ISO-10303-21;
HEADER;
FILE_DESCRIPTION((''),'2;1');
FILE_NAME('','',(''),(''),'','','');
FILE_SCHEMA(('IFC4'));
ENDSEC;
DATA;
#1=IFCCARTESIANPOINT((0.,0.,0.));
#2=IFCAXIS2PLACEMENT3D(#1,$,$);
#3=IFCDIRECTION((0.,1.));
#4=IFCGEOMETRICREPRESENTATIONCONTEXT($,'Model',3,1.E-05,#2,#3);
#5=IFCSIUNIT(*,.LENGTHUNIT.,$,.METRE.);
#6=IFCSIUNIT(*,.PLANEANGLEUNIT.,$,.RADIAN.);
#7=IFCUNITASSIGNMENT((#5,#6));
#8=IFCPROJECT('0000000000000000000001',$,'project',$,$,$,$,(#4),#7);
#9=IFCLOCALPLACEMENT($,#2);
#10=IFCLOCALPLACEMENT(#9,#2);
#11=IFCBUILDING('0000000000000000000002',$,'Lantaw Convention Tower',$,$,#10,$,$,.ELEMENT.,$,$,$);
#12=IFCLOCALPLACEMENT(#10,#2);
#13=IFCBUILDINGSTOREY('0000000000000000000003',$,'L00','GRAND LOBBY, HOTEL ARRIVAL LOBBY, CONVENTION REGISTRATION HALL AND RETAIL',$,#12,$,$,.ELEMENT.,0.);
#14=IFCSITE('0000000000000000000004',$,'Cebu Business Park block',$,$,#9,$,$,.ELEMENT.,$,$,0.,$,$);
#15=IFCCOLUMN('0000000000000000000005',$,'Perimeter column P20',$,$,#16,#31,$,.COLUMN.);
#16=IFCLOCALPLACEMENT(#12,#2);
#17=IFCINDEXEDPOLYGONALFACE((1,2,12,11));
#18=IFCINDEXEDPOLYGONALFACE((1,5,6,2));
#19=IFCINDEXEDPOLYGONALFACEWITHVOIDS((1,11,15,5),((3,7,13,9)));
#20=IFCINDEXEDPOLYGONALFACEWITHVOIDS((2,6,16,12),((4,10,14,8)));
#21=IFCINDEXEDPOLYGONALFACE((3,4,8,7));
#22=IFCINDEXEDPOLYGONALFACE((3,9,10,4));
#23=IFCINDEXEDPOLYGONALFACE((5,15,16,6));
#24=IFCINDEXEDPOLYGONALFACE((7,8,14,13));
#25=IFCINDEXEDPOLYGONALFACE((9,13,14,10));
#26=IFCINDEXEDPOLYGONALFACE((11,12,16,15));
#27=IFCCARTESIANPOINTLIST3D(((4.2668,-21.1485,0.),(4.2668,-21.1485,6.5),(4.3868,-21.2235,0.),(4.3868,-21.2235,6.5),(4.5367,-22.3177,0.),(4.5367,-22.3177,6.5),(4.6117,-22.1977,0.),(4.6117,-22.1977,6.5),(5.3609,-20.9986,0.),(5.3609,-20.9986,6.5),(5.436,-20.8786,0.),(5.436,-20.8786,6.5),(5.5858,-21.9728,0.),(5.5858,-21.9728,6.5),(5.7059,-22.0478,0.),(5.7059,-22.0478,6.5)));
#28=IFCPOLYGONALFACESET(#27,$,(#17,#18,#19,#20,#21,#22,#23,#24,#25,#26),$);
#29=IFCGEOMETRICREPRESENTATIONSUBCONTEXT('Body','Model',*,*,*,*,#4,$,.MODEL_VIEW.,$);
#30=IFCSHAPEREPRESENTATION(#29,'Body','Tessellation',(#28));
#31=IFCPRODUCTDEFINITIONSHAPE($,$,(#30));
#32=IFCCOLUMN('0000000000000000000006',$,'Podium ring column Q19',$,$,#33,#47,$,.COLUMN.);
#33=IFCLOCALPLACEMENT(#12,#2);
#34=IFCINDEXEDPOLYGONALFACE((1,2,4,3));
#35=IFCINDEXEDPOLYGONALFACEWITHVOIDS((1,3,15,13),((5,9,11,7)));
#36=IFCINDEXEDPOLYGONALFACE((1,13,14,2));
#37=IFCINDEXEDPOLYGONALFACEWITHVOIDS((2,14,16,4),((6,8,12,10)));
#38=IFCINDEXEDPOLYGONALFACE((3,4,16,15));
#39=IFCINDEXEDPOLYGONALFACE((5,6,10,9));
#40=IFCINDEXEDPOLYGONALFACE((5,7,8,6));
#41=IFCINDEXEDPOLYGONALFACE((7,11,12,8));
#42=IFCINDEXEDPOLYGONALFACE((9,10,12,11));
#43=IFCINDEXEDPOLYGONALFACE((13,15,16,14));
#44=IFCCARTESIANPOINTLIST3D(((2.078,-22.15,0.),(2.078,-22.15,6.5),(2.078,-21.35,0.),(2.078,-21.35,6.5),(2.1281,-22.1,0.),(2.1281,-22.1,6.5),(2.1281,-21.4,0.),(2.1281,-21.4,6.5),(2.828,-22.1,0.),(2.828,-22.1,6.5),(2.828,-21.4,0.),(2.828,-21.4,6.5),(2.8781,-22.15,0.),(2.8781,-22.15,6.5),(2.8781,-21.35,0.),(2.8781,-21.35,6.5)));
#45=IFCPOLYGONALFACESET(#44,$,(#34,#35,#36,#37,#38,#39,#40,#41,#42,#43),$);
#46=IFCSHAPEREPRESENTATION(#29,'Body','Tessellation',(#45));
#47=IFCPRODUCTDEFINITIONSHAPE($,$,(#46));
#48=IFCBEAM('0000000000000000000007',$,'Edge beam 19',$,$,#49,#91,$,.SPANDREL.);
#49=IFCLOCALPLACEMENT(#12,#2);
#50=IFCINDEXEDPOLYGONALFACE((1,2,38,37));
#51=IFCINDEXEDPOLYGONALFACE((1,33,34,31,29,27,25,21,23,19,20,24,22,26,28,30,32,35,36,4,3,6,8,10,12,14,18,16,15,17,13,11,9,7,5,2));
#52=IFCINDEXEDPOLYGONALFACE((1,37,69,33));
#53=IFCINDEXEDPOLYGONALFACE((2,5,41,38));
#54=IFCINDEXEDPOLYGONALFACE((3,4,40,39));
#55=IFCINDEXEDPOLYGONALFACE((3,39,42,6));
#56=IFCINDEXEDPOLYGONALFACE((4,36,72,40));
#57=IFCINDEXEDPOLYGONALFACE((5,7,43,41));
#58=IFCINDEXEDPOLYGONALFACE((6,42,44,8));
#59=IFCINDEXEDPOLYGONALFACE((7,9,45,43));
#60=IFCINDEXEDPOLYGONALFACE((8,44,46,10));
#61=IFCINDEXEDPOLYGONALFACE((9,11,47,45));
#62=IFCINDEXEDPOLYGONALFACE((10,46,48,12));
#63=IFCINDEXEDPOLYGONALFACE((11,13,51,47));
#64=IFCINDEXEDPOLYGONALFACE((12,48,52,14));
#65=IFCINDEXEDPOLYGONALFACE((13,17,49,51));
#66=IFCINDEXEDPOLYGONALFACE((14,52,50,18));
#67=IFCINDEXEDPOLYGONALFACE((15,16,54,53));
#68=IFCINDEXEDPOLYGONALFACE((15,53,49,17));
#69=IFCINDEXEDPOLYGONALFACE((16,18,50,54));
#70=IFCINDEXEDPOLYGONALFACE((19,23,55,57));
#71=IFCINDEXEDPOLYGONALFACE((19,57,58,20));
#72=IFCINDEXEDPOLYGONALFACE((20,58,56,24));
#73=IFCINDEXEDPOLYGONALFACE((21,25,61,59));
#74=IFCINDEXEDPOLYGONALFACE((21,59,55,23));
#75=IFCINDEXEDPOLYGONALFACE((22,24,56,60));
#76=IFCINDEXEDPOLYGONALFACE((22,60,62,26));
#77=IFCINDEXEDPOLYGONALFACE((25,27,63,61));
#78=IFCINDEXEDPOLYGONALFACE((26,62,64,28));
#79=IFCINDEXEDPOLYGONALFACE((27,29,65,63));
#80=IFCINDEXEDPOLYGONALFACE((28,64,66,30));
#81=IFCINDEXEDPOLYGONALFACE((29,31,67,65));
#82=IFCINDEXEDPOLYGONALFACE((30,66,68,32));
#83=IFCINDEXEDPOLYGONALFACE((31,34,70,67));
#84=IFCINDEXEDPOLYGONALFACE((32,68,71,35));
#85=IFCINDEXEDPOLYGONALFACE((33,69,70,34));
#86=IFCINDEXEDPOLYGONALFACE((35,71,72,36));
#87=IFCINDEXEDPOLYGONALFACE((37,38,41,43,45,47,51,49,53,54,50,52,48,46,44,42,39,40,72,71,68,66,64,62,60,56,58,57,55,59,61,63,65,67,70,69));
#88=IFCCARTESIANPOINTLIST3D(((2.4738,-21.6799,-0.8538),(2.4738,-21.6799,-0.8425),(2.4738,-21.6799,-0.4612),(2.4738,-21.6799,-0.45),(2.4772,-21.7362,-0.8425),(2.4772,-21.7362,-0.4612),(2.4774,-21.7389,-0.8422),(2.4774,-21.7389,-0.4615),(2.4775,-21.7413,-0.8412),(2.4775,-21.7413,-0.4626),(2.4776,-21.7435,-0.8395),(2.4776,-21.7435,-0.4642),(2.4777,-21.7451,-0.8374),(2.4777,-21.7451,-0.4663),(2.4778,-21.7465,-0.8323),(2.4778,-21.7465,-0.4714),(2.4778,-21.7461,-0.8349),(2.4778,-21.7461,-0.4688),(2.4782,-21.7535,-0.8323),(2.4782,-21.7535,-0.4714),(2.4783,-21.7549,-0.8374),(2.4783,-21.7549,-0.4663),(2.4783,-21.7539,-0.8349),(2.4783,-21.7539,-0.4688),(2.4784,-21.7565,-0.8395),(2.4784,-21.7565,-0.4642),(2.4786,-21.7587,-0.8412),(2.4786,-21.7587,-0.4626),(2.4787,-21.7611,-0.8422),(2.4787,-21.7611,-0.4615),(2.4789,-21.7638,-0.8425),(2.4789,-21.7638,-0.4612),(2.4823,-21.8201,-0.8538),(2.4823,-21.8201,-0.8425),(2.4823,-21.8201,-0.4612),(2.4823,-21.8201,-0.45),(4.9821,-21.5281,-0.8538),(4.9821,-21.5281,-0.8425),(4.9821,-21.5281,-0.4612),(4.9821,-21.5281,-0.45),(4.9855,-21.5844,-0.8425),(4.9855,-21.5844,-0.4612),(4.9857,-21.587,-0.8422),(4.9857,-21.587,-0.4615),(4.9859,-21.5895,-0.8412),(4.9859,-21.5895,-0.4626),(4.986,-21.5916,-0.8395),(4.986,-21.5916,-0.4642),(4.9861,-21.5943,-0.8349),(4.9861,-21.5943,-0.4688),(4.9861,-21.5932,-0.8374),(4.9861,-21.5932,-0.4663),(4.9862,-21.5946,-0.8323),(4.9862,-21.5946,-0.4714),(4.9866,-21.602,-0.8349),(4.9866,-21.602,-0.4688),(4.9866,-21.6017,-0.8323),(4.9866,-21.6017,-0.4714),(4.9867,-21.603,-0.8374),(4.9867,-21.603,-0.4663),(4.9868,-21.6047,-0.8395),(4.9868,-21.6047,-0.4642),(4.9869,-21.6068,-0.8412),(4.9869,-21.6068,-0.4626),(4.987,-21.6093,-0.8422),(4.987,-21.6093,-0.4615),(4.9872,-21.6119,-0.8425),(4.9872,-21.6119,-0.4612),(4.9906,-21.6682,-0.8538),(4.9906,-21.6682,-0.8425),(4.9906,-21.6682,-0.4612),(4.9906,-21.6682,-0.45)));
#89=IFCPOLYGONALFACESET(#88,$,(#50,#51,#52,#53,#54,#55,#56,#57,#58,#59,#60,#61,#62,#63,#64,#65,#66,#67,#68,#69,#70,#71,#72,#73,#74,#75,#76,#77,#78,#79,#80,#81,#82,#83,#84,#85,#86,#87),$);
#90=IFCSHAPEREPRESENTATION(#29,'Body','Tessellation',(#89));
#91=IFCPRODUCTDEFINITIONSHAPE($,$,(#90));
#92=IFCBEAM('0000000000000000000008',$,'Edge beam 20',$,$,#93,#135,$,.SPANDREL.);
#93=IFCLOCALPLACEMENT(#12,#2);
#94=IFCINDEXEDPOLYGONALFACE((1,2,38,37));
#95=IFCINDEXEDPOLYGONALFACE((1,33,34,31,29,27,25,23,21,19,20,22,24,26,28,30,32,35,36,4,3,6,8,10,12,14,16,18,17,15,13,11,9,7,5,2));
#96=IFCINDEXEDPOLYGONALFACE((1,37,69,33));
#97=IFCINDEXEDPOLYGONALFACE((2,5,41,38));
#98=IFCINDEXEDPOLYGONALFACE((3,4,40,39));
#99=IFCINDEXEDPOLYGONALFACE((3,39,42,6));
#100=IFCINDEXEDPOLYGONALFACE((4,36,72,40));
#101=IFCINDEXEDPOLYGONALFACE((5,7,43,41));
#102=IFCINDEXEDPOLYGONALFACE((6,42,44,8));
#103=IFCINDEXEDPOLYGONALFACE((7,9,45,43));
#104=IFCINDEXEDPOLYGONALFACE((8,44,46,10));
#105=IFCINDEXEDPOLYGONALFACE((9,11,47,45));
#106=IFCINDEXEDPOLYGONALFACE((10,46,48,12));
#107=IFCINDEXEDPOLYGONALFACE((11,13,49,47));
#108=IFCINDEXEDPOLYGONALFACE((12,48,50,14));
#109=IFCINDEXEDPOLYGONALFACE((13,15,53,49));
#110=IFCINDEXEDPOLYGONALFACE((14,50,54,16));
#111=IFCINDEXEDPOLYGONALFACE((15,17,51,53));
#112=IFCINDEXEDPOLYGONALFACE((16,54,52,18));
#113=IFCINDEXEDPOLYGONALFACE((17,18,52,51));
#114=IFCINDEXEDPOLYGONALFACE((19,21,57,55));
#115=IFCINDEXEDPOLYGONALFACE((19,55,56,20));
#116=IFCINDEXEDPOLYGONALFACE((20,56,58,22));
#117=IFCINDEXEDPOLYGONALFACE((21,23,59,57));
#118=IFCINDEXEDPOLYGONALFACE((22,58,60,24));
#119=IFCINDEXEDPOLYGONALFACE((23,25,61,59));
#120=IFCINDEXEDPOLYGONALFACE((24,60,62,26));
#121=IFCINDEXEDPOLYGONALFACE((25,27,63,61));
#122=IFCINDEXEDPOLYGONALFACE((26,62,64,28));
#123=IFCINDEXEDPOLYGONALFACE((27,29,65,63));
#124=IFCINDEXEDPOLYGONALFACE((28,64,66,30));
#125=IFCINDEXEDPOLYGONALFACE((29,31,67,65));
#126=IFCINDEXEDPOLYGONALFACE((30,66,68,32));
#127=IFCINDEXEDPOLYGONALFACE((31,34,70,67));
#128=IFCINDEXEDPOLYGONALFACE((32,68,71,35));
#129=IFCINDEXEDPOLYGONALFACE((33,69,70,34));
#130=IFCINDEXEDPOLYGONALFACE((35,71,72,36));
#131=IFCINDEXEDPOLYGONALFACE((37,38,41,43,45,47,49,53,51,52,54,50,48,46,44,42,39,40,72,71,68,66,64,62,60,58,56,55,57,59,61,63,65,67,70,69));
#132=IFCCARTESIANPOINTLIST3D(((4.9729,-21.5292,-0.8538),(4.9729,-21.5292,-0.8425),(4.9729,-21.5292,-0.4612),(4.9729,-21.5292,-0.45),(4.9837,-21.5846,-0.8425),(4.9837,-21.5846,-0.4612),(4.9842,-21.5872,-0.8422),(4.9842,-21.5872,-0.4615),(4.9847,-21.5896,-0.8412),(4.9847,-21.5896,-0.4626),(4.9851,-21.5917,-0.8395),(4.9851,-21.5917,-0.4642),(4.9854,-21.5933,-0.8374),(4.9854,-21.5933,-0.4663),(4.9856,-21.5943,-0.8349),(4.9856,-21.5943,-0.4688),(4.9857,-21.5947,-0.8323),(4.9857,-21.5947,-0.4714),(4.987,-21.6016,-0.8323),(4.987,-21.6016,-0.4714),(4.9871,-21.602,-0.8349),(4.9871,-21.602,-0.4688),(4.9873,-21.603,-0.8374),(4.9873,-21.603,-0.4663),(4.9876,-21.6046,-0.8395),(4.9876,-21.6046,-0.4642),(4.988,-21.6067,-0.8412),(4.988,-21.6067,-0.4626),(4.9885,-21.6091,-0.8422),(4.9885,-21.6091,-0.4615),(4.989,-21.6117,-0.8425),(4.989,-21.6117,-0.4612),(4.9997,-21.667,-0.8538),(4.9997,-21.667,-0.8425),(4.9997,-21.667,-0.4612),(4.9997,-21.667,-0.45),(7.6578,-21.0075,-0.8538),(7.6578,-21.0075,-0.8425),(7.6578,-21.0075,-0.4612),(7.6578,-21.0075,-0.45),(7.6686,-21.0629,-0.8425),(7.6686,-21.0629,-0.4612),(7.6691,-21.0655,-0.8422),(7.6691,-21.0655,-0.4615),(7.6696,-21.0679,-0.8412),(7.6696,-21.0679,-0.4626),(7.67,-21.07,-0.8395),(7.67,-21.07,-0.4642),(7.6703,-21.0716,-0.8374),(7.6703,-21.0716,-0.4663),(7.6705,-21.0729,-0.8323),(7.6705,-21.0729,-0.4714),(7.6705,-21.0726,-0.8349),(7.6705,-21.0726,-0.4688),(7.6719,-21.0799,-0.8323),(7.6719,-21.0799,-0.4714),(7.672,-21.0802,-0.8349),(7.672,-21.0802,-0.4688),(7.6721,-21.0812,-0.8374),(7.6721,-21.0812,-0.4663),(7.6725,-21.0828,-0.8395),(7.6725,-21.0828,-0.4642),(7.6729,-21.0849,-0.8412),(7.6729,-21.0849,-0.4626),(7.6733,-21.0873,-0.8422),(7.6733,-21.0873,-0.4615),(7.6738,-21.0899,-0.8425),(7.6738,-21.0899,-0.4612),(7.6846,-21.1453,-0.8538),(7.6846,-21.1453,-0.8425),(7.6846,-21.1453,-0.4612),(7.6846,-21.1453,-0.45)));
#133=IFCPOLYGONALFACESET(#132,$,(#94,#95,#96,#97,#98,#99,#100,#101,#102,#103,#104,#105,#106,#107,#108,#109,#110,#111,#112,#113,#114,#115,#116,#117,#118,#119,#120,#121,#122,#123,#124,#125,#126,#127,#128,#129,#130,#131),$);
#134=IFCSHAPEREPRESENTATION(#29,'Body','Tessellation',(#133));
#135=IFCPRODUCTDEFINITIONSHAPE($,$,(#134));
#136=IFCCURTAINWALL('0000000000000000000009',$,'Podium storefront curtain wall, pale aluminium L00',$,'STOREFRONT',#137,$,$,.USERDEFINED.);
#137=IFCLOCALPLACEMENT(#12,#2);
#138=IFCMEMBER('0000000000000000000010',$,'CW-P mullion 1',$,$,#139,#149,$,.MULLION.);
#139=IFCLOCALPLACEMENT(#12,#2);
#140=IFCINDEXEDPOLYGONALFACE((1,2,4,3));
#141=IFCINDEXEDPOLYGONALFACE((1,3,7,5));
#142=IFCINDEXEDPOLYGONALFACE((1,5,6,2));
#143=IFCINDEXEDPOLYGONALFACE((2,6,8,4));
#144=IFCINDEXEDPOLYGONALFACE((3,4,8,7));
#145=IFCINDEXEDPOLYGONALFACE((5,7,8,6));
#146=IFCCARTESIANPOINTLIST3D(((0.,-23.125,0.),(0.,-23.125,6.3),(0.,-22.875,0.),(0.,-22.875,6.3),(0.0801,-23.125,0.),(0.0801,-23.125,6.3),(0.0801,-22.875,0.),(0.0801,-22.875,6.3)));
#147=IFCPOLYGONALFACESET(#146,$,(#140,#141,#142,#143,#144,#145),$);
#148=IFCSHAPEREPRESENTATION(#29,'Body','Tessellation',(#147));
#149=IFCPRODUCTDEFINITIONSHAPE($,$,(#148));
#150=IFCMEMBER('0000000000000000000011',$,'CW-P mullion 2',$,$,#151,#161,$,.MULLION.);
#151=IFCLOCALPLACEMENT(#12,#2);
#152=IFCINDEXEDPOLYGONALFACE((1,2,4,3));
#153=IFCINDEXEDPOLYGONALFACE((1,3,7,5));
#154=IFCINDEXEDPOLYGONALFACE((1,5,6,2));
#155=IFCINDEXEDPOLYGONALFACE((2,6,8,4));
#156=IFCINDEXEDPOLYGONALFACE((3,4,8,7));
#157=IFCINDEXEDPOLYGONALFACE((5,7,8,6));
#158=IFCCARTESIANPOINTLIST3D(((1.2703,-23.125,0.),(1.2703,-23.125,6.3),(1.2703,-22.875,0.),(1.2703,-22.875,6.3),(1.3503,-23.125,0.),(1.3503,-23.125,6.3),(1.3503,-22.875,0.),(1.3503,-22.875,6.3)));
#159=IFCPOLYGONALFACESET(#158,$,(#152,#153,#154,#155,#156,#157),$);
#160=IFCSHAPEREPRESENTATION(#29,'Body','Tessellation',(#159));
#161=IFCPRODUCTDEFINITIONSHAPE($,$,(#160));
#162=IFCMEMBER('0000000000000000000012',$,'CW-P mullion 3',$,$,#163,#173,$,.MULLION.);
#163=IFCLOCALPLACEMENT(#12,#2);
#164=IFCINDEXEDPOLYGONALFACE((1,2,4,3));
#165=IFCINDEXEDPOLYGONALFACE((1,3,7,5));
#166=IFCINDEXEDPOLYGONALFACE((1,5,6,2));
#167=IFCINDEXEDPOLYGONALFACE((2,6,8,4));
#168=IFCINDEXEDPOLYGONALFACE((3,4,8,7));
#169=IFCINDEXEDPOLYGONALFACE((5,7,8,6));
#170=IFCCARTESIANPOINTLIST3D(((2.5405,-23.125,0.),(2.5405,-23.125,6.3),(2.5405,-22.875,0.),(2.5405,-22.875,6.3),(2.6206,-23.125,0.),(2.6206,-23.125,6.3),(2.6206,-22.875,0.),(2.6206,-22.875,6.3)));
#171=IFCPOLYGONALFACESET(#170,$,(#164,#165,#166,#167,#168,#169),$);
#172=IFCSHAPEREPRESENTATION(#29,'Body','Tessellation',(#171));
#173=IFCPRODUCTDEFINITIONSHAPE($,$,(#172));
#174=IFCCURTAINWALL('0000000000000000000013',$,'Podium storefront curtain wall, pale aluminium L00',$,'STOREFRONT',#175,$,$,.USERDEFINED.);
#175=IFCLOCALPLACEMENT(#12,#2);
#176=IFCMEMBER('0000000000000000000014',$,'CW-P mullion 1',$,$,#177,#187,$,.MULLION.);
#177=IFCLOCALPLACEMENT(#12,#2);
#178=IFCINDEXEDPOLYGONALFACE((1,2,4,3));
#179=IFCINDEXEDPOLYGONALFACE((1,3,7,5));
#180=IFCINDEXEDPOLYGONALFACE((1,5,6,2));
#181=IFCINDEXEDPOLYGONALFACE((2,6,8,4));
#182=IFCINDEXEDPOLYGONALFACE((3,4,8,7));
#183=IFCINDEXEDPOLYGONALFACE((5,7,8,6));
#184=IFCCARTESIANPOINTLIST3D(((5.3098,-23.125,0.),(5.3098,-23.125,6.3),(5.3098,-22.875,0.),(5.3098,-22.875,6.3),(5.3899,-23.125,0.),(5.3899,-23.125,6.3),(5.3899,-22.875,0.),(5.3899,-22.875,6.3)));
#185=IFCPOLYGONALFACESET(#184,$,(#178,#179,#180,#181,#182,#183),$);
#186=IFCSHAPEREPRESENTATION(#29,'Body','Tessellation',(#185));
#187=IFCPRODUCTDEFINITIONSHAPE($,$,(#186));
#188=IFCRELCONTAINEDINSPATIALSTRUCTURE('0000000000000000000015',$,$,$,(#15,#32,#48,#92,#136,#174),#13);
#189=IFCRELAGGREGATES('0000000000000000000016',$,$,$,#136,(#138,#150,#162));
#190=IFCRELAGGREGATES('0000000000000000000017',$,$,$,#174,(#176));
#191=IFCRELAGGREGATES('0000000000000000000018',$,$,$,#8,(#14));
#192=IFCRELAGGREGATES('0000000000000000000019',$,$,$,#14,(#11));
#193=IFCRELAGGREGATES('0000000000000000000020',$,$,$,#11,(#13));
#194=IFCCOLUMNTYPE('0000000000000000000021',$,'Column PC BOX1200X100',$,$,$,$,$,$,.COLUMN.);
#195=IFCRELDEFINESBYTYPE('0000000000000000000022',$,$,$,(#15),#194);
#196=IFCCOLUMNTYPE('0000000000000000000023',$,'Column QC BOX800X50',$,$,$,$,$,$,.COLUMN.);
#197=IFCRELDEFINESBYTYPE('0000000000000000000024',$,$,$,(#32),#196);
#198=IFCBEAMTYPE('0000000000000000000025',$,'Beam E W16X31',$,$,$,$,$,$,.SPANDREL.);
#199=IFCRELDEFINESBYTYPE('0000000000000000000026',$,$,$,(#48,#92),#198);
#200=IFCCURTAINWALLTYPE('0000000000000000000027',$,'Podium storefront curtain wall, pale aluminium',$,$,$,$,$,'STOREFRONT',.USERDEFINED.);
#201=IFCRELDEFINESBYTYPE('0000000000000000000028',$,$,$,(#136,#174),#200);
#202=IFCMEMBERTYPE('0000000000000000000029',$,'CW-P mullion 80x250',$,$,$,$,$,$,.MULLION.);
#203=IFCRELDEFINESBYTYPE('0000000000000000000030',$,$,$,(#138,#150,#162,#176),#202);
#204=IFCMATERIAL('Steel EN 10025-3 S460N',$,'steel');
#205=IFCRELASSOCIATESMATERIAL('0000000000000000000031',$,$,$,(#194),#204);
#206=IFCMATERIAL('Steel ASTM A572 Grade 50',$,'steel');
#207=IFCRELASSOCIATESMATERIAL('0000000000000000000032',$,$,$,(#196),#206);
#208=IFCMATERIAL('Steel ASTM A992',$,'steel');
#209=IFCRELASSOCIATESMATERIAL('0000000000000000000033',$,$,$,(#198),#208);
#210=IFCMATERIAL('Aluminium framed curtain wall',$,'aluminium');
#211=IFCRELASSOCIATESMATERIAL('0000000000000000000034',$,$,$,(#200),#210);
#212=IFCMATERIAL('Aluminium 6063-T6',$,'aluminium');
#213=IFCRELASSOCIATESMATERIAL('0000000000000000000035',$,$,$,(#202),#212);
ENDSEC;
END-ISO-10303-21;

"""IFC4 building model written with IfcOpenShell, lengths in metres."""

from ifc_helpers import new_model, si_unit, direction, frame, origin, origin_2d, place, context, subcontext, project, spatial, rectangle, hollow_rectangle, i_section, extrude, material, material_profile, profile_set, type_object, element, aggregate, save


model = new_model("IFC4")

# Units and contexts
model_context = context("Model", 3, precision=1e-05, world=origin(), true_north=direction((0.0, 1.0)))
body_context = subcontext(model_context, "Body", "Model", "MODEL_VIEW")
ifc_project = project(units=[si_unit("LENGTHUNIT", "METRE"), si_unit("PLANEANGLEUNIT", "RADIAN")], contexts=[model_context])

# Site, building, storey
site_placement = place(None, origin())
site = spatial("IfcSite", under=ifc_project, at=site_placement, Name="Cebu Business Park block", CompositionType="ELEMENT", RefElevation=0.0)
building_placement = place(site_placement, origin())
building = spatial("IfcBuilding", under=site, at=building_placement, Name="Lantaw Convention Tower", CompositionType="ELEMENT")
storey_placement = place(building_placement, origin())
storey = spatial("IfcBuildingStorey", under=building, at=storey_placement, Name="L00", Description="GRAND LOBBY, HOTEL ARRIVAL LOBBY, CONVENTION REGISTRATION HALL AND RETAIL", CompositionType="ELEMENT", Elevation=0.0)

# Columns
ifc_material_1 = material(Name="Steel EN 10025-3 S460N", Category="steel")
ifc_material_profile_1 = material_profile(ifc_material_1, hollow_rectangle(XDim=1.2, YDim=1.2, WallThickness=0.1001, at=origin_2d()), Name="BOX1200X100")
ifc_material_2 = material(Name="Concrete C60/75", Category="concrete")
ifc_material_profile_2 = material_profile(ifc_material_2, rectangle(XDim=1.0, YDim=1.0, at=origin_2d()), Name="Concrete fill of BOX1200X100")
ifc_profile_set_1 = profile_set([ifc_material_profile_1, ifc_material_profile_2], Name="Steel EN 10025-3 S460N")
column_type_1 = type_object("IfcColumnType", Name="Column PC BOX1200X100", PredefinedType="COLUMN", material=ifc_profile_set_1)
column_1_placement = place(storey_placement, frame((4.9863, -21.5981, 0.0), z_axis=(0.0, 0.0, 1.0), x_axis=(0.97437, 0.224951, 0.0)))
element("IfcColumn", 1, at=column_1_placement, inside=storey, type_object=column_type_1, Name="Perimeter column P20", PredefinedType="COLUMN", context=body_context, shape_type="SweptSolid", body=[
    extrude(hollow_rectangle(XDim=1.2, YDim=1.2, WallThickness=0.1001, at=origin_2d()), origin(), (0.0, 0.0, 1.0), 6.5),
])
ifc_material_3 = material(Name="Steel ASTM A572 Grade 50", Category="steel")
ifc_material_profile_3 = material_profile(ifc_material_3, hollow_rectangle(XDim=0.8, YDim=0.8, WallThickness=0.05, at=origin_2d()), Name="BOX800X50")
ifc_profile_set_2 = profile_set([ifc_material_profile_3], Name="Steel ASTM A572 Grade 50")
column_type_2 = type_object("IfcColumnType", Name="Column QC BOX800X50", PredefinedType="COLUMN", material=ifc_profile_set_2)
column_2_placement = place(storey_placement, frame((2.478, -21.75, 0.0), z_axis=(0.0, 0.0, 1.0), x_axis=(1.0, 0.0, 0.0)))
element("IfcColumn", 2, at=column_2_placement, inside=storey, type_object=column_type_2, Name="Podium ring column Q19", PredefinedType="COLUMN", context=body_context, shape_type="SweptSolid", body=[
    extrude(hollow_rectangle(XDim=0.8, YDim=0.8, WallThickness=0.05, at=origin_2d()), origin(), (0.0, 0.0, 1.0), 6.5),
])

# Beams
ifc_material_4 = material(Name="Steel ASTM A992", Category="steel")
ifc_material_profile_4 = material_profile(ifc_material_4, i_section(OverallWidth=0.1404, OverallDepth=0.4038, WebThickness=0.0071, FlangeThickness=0.0112, FilletRadius=0.0103, at=origin_2d()), Name="W16X31")
ifc_profile_set_3 = profile_set([ifc_material_profile_4], Name="Steel ASTM A992")
beam_type = type_object("IfcBeamType", Name="Beam E W16X31", PredefinedType="SPANDREL", material=ifc_profile_set_3)
beam_1_placement = place(storey_placement, frame((2.478, -21.75, -0.6519), z_axis=(0.998172, 0.060431, 0.0), x_axis=(-0.060431, 0.998172, 0.0)))
element("IfcBeam", 3, at=beam_1_placement, inside=storey, type_object=beam_type, Name="Edge beam 19", PredefinedType="SPANDREL", context=body_context, shape_type="SweptSolid", body=[
    extrude(i_section(OverallWidth=0.1404, OverallDepth=0.4038, WebThickness=0.0071, FlangeThickness=0.0112, FilletRadius=0.0103, at=origin_2d()), origin(), (0.0, 0.0, 1.0), 2.5129),
])
beam_2_placement = place(storey_placement, frame((4.9863, -21.5981, -0.6519), z_axis=(0.981637, 0.190757, 0.0), x_axis=(-0.190757, 0.981637, 0.0)))
element("IfcBeam", 4, at=beam_2_placement, inside=storey, type_object=beam_type, Name="Edge beam 20", PredefinedType="SPANDREL", context=body_context, shape_type="SweptSolid", body=[
    extrude(i_section(OverallWidth=0.1404, OverallDepth=0.4038, WebThickness=0.0071, FlangeThickness=0.0112, FilletRadius=0.0103, at=origin_2d()), origin(), (0.0, 0.0, 1.0), 2.7351),
])

# Curtain walls, members
ifc_material_5 = material(Name="Aluminium framed curtain wall", Category="aluminium")
curtain_wall_type = type_object("IfcCurtainWallType", Name="Podium storefront curtain wall, pale aluminium", ElementType="STOREFRONT", PredefinedType="USERDEFINED", material=ifc_material_5)
curtain_wall_1_placement = place(storey_placement, origin())
curtain_wall_1 = element("IfcCurtainWall", 5, at=curtain_wall_1_placement, inside=storey, type_object=curtain_wall_type, Name="Podium storefront curtain wall, pale aluminium L00", ObjectType="STOREFRONT", PredefinedType="USERDEFINED")
ifc_material_6 = material(Name="Aluminium 6063-T6", Category="aluminium")
ifc_material_profile_5 = material_profile(ifc_material_6, rectangle(XDim=0.25, YDim=0.0801, at=origin_2d()), Name="CW-P mullion 80x250")
ifc_profile_set_4 = profile_set([ifc_material_profile_5], Name="Aluminium 6063-T6")
member_type_1 = type_object("IfcMemberType", Name="CW-P mullion 80x250", PredefinedType="MULLION", material=ifc_profile_set_4)
member_1_placement = place(storey_placement, frame((0.04, -23.0, 0.0), z_axis=(0.0, 0.0, 1.0), x_axis=(0.0, 1.0, 0.0)))
member_1 = element("IfcMember", 6, at=member_1_placement, type_object=member_type_1, Name="CW-P mullion 1", PredefinedType="MULLION", context=body_context, shape_type="SweptSolid", body=[
    extrude(rectangle(XDim=0.25, YDim=0.0801, at=origin_2d()), origin(), (0.0, 0.0, 1.0), 6.3),
])
member_2_placement = place(storey_placement, frame((1.3103, -23.0, 0.0), z_axis=(0.0, 0.0, 1.0), x_axis=(0.0, 1.0, 0.0)))
member_2 = element("IfcMember", 7, at=member_2_placement, type_object=member_type_1, Name="CW-P mullion 2", PredefinedType="MULLION", context=body_context, shape_type="SweptSolid", body=[
    extrude(rectangle(XDim=0.25, YDim=0.0801, at=origin_2d()), origin(), (0.0, 0.0, 1.0), 6.3),
])
member_3_placement = place(storey_placement, frame((2.5806, -23.0, 0.0), z_axis=(0.0, 0.0, 1.0), x_axis=(0.0, 1.0, 0.0)))
member_3 = element("IfcMember", 8, at=member_3_placement, type_object=member_type_1, Name="CW-P mullion 3", PredefinedType="MULLION", context=body_context, shape_type="SweptSolid", body=[
    extrude(rectangle(XDim=0.25, YDim=0.0801, at=origin_2d()), origin(), (0.0, 0.0, 1.0), 6.3),
])
curtain_wall_2_placement = place(storey_placement, origin())
curtain_wall_2 = element("IfcCurtainWall", 9, at=curtain_wall_2_placement, inside=storey, type_object=curtain_wall_type, Name="Podium storefront curtain wall, pale aluminium L00", ObjectType="STOREFRONT", PredefinedType="USERDEFINED")
member_4_placement = place(storey_placement, frame((5.3499, -23.0, 0.0), z_axis=(0.0, 0.0, 1.0), x_axis=(0.0, 1.0, 0.0)))
member_4 = element("IfcMember", 10, at=member_4_placement, type_object=member_type_1, Name="CW-P mullion 1", PredefinedType="MULLION", context=body_context, shape_type="SweptSolid", body=[
    extrude(rectangle(XDim=0.25, YDim=0.0801, at=origin_2d()), origin(), (0.0, 0.0, 1.0), 6.3),
])

aggregate(curtain_wall_1, [member_1, member_2, member_3])
aggregate(curtain_wall_2, [member_4])

save(model, "model.ifc")
